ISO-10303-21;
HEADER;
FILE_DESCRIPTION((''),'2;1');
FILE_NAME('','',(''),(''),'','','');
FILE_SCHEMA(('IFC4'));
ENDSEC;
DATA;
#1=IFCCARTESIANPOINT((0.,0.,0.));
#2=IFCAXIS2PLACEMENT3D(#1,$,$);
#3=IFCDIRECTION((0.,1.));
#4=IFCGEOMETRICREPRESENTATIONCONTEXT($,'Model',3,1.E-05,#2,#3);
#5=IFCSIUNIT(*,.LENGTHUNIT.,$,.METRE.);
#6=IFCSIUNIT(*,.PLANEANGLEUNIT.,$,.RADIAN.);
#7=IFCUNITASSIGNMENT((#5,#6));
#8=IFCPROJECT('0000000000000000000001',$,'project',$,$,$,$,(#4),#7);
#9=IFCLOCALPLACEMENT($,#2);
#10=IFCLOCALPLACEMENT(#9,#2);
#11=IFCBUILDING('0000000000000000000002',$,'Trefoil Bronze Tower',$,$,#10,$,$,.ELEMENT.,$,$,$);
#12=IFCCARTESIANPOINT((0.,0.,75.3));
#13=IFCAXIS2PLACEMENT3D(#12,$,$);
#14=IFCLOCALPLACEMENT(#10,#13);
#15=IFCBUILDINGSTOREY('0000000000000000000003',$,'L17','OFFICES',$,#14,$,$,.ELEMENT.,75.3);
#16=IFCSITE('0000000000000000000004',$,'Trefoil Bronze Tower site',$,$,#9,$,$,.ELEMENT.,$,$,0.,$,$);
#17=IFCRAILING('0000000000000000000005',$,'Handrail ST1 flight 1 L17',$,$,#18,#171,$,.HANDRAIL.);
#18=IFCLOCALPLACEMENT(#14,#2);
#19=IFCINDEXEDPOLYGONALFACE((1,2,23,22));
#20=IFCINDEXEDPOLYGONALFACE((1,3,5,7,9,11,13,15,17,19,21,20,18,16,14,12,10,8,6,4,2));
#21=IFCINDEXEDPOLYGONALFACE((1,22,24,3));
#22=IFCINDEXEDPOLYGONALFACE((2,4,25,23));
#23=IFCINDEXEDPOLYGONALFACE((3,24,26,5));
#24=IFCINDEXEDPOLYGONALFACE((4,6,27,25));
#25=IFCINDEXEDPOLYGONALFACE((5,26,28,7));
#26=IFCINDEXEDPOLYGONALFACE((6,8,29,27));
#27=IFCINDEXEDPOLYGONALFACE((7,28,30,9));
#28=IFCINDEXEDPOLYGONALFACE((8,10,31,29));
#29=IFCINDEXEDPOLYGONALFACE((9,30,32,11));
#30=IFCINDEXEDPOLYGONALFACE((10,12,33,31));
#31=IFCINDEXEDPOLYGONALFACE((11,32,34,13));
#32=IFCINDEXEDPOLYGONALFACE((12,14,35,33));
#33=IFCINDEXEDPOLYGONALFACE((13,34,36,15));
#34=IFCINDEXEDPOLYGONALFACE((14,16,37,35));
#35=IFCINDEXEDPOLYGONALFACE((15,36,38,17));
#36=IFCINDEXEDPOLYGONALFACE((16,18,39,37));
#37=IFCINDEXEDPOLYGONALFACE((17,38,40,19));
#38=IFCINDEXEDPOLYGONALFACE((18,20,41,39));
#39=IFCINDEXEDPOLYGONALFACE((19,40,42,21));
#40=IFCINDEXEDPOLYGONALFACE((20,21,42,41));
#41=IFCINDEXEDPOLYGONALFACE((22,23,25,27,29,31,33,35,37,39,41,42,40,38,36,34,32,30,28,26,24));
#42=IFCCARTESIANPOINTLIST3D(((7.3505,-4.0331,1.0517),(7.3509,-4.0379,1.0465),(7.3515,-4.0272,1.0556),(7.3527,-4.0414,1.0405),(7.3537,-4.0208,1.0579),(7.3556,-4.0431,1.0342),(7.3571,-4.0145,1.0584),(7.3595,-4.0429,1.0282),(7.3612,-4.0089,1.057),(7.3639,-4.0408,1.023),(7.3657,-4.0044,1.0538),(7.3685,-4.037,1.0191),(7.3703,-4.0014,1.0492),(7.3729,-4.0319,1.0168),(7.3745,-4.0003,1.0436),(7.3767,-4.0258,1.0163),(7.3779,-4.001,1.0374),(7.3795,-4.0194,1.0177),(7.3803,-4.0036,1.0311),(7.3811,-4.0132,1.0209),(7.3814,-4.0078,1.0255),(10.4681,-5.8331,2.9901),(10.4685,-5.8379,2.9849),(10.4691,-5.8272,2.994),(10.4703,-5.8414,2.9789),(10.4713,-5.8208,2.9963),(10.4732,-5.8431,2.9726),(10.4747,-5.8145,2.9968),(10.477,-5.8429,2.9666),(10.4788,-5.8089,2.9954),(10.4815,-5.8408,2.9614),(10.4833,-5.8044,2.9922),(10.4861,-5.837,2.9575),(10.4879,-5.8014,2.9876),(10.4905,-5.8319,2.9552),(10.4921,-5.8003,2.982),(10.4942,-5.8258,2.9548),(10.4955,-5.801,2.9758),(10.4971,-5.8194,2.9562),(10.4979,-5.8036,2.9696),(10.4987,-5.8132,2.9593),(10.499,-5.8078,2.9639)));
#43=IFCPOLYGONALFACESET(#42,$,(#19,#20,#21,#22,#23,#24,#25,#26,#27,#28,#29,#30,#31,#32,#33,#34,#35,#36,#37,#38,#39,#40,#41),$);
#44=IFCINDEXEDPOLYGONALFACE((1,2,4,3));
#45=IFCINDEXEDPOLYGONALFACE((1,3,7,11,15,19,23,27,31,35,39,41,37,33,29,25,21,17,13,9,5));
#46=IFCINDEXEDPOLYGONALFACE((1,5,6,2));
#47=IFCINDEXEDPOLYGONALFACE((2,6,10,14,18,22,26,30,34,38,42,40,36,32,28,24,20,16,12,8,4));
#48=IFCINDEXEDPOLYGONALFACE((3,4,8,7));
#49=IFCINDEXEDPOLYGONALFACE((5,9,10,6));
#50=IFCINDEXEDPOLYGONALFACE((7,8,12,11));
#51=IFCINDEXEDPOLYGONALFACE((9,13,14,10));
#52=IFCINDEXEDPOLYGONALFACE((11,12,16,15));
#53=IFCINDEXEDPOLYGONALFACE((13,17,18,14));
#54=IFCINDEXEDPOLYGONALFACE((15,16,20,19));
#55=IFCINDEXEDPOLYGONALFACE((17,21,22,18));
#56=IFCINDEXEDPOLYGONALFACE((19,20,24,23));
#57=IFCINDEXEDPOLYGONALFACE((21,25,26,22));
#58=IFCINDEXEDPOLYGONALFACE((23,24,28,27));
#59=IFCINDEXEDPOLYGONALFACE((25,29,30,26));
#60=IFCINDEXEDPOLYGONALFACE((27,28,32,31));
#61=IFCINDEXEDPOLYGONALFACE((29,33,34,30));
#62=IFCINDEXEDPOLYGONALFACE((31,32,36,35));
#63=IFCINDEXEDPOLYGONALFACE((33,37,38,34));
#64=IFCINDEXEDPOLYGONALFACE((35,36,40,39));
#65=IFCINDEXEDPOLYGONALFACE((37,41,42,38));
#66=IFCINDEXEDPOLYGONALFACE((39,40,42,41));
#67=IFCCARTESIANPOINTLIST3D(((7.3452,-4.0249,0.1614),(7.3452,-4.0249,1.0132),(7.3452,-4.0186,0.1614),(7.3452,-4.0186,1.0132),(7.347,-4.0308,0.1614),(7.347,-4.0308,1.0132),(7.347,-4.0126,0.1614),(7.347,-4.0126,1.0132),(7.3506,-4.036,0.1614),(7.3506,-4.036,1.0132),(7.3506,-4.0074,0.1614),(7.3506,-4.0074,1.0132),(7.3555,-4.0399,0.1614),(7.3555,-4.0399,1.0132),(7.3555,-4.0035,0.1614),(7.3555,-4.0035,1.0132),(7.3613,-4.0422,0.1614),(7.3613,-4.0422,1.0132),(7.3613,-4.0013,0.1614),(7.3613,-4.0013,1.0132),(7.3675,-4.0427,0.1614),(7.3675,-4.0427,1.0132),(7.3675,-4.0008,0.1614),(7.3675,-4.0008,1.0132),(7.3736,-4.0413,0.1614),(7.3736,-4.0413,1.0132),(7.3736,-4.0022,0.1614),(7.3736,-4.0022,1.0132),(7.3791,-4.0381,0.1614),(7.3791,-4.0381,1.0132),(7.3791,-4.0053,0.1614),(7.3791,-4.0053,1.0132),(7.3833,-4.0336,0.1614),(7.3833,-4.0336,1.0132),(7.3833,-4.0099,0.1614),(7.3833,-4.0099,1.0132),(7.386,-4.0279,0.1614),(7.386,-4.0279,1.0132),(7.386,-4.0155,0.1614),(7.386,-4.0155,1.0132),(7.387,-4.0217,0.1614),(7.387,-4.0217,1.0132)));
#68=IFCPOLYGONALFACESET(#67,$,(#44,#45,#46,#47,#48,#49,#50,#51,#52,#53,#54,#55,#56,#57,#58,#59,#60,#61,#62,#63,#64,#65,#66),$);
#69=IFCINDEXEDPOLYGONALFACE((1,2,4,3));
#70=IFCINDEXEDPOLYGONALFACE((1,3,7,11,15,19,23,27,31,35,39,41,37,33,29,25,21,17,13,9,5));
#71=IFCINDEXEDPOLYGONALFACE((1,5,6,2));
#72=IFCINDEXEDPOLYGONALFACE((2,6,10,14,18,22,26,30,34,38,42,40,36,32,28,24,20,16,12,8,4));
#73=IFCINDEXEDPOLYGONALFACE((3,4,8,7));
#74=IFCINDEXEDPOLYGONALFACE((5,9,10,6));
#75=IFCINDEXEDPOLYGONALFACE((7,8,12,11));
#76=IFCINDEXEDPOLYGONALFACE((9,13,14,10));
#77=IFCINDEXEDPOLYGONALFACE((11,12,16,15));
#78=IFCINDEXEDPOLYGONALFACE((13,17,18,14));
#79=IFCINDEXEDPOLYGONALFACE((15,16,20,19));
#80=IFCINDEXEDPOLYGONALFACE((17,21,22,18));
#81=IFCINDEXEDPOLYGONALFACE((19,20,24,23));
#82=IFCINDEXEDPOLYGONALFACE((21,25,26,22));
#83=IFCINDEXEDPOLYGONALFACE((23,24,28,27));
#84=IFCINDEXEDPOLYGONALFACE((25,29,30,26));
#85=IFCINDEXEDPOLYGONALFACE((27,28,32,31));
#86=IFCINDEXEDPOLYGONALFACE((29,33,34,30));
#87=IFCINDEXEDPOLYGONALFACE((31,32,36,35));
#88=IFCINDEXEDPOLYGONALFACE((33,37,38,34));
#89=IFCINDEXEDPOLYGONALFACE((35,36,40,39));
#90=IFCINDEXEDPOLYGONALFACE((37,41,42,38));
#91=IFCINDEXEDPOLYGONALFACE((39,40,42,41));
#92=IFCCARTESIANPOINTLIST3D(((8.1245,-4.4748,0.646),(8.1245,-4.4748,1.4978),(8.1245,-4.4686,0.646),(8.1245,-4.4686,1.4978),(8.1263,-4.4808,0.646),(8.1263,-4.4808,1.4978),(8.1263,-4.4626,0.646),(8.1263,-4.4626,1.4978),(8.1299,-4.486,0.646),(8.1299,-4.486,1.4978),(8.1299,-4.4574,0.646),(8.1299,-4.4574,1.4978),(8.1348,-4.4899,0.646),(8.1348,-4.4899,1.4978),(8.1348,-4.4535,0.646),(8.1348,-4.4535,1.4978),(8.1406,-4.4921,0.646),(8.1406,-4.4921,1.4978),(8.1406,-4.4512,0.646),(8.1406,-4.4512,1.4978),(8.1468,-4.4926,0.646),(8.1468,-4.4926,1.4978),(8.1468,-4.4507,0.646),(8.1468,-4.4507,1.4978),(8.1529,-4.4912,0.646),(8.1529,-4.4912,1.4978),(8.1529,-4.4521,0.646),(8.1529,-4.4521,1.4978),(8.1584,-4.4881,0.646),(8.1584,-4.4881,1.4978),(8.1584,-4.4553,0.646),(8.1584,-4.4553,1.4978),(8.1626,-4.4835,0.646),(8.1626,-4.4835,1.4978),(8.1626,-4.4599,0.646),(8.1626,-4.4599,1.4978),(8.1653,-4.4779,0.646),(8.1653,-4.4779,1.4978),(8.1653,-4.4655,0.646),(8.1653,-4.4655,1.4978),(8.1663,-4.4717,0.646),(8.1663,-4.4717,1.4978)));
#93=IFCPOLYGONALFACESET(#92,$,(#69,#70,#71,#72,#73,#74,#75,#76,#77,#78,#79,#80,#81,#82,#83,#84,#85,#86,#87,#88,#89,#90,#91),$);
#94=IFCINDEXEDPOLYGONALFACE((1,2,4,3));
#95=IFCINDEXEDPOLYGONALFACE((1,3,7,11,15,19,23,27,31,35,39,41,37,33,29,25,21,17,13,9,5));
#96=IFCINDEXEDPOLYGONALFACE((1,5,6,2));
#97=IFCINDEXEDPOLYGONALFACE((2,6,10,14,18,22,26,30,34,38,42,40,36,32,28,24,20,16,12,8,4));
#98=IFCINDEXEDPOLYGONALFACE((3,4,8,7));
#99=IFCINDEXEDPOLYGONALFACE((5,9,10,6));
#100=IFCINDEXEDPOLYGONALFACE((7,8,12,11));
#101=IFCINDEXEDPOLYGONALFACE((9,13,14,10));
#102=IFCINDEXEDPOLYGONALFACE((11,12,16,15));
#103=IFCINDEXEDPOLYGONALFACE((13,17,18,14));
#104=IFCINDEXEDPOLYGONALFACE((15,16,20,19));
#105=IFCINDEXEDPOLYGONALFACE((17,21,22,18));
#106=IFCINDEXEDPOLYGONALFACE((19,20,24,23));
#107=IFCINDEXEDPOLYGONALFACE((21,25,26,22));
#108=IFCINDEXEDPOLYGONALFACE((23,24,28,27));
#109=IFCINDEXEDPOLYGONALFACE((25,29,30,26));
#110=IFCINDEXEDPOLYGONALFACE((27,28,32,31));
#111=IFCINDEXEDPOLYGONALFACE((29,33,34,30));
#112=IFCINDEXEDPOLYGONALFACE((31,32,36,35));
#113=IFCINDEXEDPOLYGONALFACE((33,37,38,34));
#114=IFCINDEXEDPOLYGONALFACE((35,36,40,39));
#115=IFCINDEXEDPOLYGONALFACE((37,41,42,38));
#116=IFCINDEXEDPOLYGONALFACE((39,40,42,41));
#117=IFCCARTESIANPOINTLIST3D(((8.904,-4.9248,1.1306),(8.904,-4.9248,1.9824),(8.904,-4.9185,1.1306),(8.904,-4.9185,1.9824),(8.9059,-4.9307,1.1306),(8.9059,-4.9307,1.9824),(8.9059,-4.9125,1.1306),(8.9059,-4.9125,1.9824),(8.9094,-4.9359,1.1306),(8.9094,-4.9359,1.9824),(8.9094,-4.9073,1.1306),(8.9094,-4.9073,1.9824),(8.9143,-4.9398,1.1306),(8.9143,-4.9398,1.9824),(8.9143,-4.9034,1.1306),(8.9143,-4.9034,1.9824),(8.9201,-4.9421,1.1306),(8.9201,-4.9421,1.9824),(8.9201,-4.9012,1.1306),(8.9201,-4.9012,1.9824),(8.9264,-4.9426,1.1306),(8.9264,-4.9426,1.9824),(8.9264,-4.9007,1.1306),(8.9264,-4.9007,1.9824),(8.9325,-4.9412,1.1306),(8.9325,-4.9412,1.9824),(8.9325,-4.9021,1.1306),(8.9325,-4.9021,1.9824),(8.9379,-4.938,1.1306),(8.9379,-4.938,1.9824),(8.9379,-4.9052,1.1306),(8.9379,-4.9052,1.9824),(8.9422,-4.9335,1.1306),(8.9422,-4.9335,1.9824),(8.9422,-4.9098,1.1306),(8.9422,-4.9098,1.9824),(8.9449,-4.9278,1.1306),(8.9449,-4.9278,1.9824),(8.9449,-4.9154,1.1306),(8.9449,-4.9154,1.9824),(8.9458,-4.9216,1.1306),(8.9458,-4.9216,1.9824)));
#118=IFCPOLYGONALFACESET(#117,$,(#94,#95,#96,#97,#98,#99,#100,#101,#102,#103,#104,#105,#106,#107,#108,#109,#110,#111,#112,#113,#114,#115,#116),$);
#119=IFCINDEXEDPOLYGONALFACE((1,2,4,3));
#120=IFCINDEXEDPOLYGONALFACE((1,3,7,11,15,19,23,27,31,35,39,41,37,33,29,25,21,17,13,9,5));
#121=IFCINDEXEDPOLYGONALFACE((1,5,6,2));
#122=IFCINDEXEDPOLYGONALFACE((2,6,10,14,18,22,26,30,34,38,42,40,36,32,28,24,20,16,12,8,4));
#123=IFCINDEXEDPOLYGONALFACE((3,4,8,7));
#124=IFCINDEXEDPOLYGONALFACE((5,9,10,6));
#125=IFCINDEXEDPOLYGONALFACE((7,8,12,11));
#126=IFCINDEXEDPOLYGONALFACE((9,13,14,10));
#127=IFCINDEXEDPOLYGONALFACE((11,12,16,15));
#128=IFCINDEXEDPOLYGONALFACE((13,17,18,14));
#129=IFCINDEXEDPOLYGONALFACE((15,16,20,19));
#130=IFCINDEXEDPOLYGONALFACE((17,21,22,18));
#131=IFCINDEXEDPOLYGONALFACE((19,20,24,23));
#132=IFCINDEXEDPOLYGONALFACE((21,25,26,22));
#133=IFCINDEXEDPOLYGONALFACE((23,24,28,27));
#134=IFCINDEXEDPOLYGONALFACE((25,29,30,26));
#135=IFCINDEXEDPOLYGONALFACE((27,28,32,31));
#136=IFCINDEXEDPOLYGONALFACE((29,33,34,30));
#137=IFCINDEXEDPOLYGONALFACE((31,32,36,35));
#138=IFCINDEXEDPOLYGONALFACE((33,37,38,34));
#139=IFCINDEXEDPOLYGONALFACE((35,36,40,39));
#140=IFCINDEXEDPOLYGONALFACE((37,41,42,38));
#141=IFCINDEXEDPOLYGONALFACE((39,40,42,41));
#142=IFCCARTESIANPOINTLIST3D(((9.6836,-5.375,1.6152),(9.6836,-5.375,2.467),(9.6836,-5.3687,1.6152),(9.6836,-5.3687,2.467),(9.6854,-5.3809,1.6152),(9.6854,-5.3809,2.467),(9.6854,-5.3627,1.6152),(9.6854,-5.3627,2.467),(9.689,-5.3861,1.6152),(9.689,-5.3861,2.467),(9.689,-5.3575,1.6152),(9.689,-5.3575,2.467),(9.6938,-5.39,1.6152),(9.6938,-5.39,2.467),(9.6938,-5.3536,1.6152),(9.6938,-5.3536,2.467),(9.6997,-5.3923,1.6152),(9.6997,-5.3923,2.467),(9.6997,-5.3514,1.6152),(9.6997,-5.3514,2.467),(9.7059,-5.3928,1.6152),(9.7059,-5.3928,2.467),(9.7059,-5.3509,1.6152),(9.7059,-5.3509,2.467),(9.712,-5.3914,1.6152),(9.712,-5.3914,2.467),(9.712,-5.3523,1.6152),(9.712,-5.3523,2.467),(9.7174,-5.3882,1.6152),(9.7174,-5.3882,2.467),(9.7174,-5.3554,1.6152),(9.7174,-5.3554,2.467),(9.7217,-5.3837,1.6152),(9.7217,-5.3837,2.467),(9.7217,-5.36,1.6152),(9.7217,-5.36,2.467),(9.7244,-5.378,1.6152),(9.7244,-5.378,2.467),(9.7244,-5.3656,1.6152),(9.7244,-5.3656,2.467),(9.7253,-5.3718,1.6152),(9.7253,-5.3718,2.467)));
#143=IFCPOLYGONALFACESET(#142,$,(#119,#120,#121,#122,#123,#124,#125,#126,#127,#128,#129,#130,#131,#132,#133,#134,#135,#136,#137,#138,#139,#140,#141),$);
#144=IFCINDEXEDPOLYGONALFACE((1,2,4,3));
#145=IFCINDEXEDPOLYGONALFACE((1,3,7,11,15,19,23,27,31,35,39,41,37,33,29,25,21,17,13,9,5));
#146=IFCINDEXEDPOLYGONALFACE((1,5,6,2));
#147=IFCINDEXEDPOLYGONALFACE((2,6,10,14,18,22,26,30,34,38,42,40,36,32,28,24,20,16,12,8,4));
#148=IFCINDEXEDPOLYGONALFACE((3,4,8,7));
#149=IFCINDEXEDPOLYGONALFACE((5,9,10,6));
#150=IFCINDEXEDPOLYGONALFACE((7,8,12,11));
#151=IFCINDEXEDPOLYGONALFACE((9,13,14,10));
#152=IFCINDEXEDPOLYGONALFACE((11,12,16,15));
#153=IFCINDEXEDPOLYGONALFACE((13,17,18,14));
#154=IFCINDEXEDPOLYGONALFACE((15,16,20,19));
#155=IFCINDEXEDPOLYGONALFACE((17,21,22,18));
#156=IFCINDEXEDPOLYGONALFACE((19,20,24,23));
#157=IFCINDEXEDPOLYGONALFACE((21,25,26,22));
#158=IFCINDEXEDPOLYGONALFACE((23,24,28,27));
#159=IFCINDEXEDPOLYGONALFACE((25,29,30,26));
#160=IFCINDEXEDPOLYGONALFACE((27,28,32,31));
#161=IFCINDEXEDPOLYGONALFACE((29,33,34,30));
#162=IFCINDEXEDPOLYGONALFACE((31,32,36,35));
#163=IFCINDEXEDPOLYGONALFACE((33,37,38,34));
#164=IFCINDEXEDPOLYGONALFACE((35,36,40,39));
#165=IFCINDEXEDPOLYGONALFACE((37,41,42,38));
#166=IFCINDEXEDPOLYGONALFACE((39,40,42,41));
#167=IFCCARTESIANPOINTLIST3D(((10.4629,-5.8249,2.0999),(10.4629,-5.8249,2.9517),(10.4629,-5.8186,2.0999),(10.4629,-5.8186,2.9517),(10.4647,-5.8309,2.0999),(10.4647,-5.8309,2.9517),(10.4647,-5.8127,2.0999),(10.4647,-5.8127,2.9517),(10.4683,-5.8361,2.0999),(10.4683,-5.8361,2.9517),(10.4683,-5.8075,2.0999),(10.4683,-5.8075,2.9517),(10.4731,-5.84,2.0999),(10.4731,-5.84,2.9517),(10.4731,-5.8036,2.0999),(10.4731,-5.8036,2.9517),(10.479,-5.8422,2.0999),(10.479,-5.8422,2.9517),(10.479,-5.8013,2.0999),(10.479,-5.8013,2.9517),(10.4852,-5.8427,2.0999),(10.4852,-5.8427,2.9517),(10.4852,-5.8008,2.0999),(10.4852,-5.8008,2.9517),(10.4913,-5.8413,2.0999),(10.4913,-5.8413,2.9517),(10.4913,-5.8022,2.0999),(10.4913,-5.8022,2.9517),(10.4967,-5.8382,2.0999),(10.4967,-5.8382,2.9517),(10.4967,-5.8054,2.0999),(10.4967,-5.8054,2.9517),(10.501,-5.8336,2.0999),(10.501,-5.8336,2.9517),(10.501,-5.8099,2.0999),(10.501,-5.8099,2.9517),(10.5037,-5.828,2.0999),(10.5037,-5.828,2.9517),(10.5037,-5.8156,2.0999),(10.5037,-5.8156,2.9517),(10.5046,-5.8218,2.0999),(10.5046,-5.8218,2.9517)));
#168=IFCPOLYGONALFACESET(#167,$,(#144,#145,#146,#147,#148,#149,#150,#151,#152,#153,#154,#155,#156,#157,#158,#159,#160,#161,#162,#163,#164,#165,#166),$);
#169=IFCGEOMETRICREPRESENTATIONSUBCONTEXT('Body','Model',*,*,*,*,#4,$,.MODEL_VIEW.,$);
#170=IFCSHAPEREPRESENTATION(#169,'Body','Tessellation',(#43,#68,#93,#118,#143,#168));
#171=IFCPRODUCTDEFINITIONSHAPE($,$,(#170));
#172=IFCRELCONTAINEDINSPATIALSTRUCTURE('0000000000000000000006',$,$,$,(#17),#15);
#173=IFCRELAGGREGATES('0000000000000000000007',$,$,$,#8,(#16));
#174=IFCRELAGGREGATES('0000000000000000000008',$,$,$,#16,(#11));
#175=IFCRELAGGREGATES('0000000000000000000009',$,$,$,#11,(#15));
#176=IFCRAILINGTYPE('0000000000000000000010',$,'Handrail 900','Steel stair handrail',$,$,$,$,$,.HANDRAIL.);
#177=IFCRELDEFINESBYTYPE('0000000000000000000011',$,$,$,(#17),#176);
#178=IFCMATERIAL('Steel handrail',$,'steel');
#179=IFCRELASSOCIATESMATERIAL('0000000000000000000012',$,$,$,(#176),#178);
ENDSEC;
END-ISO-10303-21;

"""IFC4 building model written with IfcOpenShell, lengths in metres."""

from ifc_helpers import new_model, si_unit, direction, frame, origin, origin_2d, place, context, subcontext, project, spatial, circle, extrude, material, type_object, element, save


model = new_model("IFC4")

# Units and contexts
model_context = context("Model", 3, precision=1e-05, world=origin(), true_north=direction((0.0, 1.0)))
body_context = subcontext(model_context, "Body", "Model", "MODEL_VIEW")
ifc_project = project(units=[si_unit("LENGTHUNIT", "METRE"), si_unit("PLANEANGLEUNIT", "RADIAN")], contexts=[model_context])

# Site, building, storey
site_placement = place(None, origin())
site = spatial("IfcSite", under=ifc_project, at=site_placement, Name="Trefoil Bronze Tower site", CompositionType="ELEMENT", RefElevation=0.0)
building_placement = place(site_placement, origin())
building = spatial("IfcBuilding", under=site, at=building_placement, Name="Trefoil Bronze Tower", CompositionType="ELEMENT")
storey_placement = place(building_placement, frame((0.0, 0.0, 75.3)))
storey = spatial("IfcBuildingStorey", under=building, at=storey_placement, Name="L17", Description="OFFICES", CompositionType="ELEMENT", Elevation=75.3)

# Railing
ifc_material_1 = material(Name="Steel handrail", Category="steel")
railing_type = type_object("IfcRailingType", Name="Handrail 900", Description="Steel stair handrail", PredefinedType="HANDRAIL", material=ifc_material_1)
railing_1_placement = place(storey_placement, frame((7.366, -4.0217, 0.1614)))
element("IfcRailing", 1, at=railing_1_placement, inside=storey, type_object=railing_type, Name="Handrail ST1 flight 1 L17", PredefinedType="HANDRAIL", context=body_context, shape_type="SweptSolid", body=[
    extrude(circle(Radius=0.0239, at=origin_2d()), frame((0.0, 0.0, 0.876), z_axis=(0.762503, -0.440246, 0.474102), x_axis=(0.500012, 0.866018, 0.0)), (0.0, 0.0, 1.0), 4.0886),
    extrude(circle(Radius=0.021, at=origin_2d()), origin(), (0.0, 0.0, 1.0), 0.8518),
    extrude(circle(Radius=0.021, at=origin_2d()), frame((0.7793, -0.45, 0.4846)), (0.0, 0.0, 1.0), 0.8518),
    extrude(circle(Radius=0.021, at=origin_2d()), frame((1.5588, -0.8999, 0.9692)), (0.0, 0.0, 1.0), 0.8518),
    extrude(circle(Radius=0.021, at=origin_2d()), frame((2.3384, -1.3501, 1.4539)), (0.0, 0.0, 1.0), 0.8518),
    extrude(circle(Radius=0.021, at=origin_2d()), frame((3.1177, -1.8, 1.9385)), (0.0, 0.0, 1.0), 0.8518),
])

save(model, "model.ifc")
